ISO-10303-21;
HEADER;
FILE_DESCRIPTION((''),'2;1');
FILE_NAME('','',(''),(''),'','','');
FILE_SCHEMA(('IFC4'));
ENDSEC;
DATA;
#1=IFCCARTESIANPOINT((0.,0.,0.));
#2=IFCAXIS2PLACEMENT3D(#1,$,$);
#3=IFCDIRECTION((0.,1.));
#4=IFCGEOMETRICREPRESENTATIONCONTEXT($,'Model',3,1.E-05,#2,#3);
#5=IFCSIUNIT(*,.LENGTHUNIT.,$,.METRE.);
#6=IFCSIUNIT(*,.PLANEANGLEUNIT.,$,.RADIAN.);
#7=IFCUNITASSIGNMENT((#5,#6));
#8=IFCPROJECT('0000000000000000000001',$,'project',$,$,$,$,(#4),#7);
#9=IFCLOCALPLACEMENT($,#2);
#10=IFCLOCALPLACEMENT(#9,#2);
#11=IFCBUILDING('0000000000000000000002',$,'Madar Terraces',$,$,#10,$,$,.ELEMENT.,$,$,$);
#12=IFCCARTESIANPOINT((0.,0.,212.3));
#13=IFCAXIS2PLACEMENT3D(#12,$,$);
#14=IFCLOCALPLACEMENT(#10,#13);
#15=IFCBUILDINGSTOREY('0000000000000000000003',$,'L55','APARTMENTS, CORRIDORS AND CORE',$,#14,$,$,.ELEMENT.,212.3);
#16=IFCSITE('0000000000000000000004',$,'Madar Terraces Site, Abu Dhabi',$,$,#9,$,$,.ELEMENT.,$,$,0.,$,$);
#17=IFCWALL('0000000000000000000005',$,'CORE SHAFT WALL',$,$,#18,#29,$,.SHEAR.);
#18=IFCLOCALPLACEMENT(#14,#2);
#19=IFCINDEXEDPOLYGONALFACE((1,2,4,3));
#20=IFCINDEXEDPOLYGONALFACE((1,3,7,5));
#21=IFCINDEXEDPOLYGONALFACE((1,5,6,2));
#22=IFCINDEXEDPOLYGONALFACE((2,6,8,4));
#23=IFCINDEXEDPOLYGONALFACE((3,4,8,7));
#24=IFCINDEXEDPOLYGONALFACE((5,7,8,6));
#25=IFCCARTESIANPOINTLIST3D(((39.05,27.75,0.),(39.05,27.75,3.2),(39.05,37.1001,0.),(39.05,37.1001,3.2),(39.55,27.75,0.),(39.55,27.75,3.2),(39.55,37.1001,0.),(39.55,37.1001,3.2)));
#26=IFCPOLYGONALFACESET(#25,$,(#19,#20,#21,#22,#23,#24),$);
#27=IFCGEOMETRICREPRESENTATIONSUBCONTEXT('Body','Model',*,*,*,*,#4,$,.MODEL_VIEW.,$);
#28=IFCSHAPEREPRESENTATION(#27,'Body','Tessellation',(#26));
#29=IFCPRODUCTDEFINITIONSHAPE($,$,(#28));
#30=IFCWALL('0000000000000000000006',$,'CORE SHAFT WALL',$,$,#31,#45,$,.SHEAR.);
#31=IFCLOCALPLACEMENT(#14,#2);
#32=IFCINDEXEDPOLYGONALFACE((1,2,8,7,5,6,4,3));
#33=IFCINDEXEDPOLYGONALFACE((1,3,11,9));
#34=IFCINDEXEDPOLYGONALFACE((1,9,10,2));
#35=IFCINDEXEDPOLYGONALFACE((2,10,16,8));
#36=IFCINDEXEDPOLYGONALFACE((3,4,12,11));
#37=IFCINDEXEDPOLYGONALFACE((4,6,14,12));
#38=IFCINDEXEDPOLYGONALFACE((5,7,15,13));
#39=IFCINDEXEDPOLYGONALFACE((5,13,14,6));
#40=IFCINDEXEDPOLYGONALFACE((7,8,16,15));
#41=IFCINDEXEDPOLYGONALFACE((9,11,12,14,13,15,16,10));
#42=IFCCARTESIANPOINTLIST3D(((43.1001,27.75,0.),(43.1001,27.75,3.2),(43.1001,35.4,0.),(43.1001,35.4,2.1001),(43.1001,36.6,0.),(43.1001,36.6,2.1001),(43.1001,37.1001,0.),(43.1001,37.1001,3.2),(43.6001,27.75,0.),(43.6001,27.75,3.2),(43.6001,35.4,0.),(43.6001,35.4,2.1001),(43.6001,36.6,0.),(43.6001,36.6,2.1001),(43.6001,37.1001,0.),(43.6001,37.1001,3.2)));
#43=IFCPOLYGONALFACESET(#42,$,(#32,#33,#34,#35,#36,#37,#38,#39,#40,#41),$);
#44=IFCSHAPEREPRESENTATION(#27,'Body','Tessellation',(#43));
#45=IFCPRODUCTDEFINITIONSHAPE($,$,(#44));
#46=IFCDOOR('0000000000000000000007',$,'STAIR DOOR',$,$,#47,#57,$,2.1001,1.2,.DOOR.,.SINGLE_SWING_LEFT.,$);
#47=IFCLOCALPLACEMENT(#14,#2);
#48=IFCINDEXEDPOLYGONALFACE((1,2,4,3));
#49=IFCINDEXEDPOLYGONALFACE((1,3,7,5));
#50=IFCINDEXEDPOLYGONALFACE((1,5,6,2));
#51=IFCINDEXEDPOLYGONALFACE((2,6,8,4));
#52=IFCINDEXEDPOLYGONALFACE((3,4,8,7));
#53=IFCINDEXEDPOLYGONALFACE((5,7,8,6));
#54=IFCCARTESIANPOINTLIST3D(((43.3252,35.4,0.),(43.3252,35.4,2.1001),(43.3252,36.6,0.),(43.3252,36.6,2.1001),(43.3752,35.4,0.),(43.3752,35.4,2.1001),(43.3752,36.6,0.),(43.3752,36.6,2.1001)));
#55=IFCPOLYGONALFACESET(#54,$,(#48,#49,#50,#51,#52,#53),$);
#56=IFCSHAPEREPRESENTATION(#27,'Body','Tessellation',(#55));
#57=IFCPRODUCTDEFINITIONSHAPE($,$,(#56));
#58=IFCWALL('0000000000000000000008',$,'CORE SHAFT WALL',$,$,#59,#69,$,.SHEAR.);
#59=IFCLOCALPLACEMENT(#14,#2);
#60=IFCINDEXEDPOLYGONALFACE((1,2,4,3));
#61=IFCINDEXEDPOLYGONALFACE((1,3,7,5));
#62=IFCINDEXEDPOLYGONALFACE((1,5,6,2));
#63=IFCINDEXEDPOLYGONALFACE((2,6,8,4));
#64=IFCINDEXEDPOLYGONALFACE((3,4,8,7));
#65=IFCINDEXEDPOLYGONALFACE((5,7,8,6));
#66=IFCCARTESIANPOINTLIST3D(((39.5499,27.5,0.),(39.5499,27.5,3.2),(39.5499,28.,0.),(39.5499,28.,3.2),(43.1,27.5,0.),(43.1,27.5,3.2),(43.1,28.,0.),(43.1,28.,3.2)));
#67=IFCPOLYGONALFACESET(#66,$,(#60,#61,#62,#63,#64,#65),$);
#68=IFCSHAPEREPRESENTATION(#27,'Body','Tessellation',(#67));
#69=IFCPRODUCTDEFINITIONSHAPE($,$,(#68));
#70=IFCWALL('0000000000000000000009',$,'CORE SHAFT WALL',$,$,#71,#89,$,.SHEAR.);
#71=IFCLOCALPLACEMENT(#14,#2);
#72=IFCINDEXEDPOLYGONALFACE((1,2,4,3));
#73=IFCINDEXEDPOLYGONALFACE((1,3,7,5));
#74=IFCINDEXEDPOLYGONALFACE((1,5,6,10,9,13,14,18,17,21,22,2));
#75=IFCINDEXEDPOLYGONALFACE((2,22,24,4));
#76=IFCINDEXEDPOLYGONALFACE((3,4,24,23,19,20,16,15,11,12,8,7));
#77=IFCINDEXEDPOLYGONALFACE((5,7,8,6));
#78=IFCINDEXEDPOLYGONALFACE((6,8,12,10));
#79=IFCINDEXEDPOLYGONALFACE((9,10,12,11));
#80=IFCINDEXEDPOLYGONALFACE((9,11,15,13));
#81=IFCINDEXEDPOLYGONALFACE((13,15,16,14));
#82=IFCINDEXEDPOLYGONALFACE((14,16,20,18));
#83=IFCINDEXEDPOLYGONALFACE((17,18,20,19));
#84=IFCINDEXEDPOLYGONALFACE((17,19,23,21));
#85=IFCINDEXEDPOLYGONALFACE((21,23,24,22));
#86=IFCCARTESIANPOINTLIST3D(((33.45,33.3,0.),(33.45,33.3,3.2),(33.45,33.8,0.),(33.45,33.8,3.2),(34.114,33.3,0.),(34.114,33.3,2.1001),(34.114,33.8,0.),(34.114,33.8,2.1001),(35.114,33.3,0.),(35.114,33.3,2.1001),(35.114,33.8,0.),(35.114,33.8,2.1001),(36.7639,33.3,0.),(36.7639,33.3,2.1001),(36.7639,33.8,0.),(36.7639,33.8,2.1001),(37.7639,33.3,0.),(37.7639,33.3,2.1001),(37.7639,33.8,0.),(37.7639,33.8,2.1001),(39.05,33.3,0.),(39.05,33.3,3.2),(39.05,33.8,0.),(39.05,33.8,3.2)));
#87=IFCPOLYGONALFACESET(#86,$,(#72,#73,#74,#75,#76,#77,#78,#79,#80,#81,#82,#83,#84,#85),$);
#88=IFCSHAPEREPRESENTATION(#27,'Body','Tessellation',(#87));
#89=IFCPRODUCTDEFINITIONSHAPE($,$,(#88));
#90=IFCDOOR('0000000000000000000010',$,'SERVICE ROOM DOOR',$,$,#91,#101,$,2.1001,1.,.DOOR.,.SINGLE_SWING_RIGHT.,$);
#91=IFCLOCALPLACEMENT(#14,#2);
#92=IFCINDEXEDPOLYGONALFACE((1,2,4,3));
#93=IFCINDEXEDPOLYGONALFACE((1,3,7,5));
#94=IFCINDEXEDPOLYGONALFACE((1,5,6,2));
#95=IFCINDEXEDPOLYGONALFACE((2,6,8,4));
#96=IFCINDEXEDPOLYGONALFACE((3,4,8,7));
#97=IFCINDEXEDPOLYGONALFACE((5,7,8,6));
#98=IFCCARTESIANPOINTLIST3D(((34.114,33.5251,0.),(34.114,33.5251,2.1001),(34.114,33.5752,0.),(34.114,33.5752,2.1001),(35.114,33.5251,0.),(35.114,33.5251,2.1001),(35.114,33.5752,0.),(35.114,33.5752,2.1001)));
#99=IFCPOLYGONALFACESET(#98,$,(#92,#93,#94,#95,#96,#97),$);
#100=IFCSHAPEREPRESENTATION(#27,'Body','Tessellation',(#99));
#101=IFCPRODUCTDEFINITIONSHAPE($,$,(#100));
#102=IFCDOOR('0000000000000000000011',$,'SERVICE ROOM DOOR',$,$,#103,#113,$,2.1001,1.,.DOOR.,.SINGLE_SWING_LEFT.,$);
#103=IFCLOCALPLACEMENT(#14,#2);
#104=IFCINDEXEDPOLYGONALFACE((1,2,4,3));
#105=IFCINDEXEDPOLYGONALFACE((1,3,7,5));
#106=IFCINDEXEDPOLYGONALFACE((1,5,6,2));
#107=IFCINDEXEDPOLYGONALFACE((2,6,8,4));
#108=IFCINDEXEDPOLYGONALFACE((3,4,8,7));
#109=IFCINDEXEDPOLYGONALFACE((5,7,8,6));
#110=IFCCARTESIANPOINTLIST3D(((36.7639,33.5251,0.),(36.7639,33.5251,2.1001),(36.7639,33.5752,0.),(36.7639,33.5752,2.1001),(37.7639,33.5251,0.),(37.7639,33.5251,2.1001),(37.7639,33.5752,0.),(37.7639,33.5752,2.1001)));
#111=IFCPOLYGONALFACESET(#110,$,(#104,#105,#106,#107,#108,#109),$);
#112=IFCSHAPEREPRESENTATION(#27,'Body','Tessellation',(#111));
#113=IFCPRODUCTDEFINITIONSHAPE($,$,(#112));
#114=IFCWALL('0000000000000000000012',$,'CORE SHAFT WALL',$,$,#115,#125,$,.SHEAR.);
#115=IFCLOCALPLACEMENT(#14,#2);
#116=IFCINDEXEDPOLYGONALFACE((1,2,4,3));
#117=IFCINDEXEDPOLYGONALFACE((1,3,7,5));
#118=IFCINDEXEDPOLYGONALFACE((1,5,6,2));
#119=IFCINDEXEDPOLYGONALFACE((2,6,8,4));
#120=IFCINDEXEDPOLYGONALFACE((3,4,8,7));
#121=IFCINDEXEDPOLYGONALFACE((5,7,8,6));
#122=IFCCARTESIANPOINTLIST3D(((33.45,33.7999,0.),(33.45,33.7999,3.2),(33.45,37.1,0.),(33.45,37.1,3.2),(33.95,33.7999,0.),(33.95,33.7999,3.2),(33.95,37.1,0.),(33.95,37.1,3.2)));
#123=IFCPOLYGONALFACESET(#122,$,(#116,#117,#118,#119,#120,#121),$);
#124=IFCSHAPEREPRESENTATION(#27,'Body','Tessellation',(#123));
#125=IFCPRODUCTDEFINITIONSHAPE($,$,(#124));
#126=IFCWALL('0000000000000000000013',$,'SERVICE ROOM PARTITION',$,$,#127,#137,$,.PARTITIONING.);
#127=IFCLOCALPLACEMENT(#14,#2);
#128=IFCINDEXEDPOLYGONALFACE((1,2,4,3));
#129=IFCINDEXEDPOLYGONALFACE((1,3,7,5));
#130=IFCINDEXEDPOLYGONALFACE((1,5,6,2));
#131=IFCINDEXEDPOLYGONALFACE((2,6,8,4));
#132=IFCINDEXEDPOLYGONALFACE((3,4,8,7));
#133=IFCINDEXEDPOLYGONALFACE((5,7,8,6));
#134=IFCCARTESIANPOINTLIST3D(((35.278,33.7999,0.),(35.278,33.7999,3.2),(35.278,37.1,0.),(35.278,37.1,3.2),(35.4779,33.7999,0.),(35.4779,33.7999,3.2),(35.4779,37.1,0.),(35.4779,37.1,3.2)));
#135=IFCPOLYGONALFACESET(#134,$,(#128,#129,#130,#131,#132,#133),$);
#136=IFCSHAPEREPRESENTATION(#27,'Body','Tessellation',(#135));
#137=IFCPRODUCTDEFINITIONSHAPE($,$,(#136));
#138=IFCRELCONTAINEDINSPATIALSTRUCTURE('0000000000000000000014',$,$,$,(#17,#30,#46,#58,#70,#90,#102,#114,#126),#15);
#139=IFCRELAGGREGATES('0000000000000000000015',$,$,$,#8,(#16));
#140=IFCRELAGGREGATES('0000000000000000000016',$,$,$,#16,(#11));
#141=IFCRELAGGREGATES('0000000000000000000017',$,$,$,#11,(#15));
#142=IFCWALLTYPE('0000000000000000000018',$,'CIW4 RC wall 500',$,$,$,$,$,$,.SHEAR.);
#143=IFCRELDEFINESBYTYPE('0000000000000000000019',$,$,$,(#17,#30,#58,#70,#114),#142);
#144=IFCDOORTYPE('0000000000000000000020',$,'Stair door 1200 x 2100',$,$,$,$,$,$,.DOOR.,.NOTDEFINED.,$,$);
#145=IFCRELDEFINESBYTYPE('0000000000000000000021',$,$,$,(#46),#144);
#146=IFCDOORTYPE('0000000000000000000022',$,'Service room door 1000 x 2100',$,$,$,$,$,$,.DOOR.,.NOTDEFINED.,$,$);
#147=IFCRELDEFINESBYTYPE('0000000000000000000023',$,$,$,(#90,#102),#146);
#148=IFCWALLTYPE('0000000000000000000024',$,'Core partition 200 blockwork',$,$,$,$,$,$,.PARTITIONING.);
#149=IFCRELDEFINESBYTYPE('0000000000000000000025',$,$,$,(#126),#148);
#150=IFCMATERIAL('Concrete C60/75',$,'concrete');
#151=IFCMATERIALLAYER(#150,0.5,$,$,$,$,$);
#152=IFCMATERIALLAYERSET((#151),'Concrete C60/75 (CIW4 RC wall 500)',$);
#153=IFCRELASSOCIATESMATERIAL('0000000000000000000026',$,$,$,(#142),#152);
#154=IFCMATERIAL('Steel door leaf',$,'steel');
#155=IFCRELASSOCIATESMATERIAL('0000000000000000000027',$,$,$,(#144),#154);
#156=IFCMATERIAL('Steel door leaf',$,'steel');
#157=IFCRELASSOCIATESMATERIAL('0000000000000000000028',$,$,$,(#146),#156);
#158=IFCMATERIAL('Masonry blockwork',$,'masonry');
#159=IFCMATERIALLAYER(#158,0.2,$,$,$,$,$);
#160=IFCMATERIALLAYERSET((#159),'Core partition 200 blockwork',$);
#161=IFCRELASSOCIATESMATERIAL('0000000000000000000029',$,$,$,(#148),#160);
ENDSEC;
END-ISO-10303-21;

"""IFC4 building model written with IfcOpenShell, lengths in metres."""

from ifc_helpers import new_model, si_unit, direction, frame, frame_2d, origin, place, context, subcontext, project, spatial, rectangle, extrude, material, layer, layer_set, type_object, element, fill, save


model = new_model("IFC4")

# Units and contexts
model_context = context("Model", 3, precision=1e-05, world=origin(), true_north=direction((0.0, 1.0)))
body_context = subcontext(model_context, "Body", "Model", "MODEL_VIEW")
ifc_project = project(units=[si_unit("LENGTHUNIT", "METRE"), si_unit("PLANEANGLEUNIT", "RADIAN")], contexts=[model_context])

# Site, building, storey
site_placement = place(None, origin())
site = spatial("IfcSite", under=ifc_project, at=site_placement, Name="Madar Terraces Site, Abu Dhabi", CompositionType="ELEMENT", RefElevation=0.0)
building_placement = place(site_placement, origin())
building = spatial("IfcBuilding", under=site, at=building_placement, Name="Madar Terraces", CompositionType="ELEMENT")
storey_placement = place(building_placement, frame((0.0, 0.0, 212.3)))
storey = spatial("IfcBuildingStorey", under=building, at=storey_placement, Name="L55", Description="APARTMENTS, CORRIDORS AND CORE", CompositionType="ELEMENT", Elevation=212.3)

# Wall
ifc_material_1 = material(Name="Concrete C60/75", Category="concrete")
ifc_layer_1 = layer(ifc_material_1, 0.5)
ifc_layer_set_1 = layer_set([ifc_layer_1], Name="Concrete C60/75 (CIW4 RC wall 500)")
wall_type_1 = type_object("IfcWallType", Name="CIW4 RC wall 500", PredefinedType="SHEAR", material=ifc_layer_set_1)
wall_1_placement = place(storey_placement, frame((39.3, 27.75, 0.0), z_axis=(0.0, 0.0, 1.0), x_axis=(0.0, 1.0, 0.0)))
element("IfcWall", 1, at=wall_1_placement, inside=storey, type_object=wall_type_1, Name="CORE SHAFT WALL", PredefinedType="SHEAR", context=body_context, shape_type="SweptSolid", body=[
    extrude(rectangle(XDim=9.3501, YDim=0.5, at=frame_2d((4.675, 0.0))), origin(), (0.0, 0.0, 1.0), 3.2),
])

# Wall, opening, door
wall_2_placement = place(storey_placement, frame((43.3501, 27.75, 0.0), z_axis=(0.0, 0.0, 1.0), x_axis=(0.0, 1.0, 0.0)))
wall_2 = element("IfcWall", 2, at=wall_2_placement, inside=storey, type_object=wall_type_1, Name="CORE SHAFT WALL", PredefinedType="SHEAR", context=body_context, shape_type="SweptSolid", body=[
    extrude(rectangle(XDim=9.3501, YDim=0.5, at=frame_2d((4.675, 0.0))), origin(), (0.0, 0.0, 1.0), 3.2),
])
opening_1_placement = place(wall_2_placement, frame((7.6499, 0.0, 0.0)))
opening_1 = element("IfcOpeningElement", 3, at=opening_1_placement, cuts=wall_2, PredefinedType="OPENING", context=body_context, shape_type="SweptSolid", body=[
    extrude(rectangle(XDim=1.2, YDim=2.1001, at=frame_2d((0.6001, 1.05))), frame((0.0, 0.26, 0.0), z_axis=(0.0, -1.0, 0.0), x_axis=(1.0, 0.0, 0.0)), (0.0, 0.0, 1.0), 0.52),
])
ifc_material_2 = material(Name="Steel door leaf", Category="steel")
door_type_1 = type_object("IfcDoorType", Name="Stair door 1200 x 2100", OperationType="NOTDEFINED", PredefinedType="DOOR", material=ifc_material_2)
door_1_placement = place(opening_1_placement, origin())
door_1 = element("IfcDoor", 4, at=door_1_placement, inside=storey, type_object=door_type_1, Name="STAIR DOOR", OperationType="SINGLE_SWING_LEFT", OverallHeight=2.1001, OverallWidth=1.2, PredefinedType="DOOR", context=body_context, shape_type="SweptSolid", body=[
    extrude(rectangle(XDim=1.2, YDim=2.1001, at=frame_2d((0.6001, 1.05))), frame((0.0, 0.0249, 0.0), z_axis=(0.0, -1.0, 0.0), x_axis=(1.0, 0.0, 0.0)), (0.0, 0.0, 1.0), 0.05),
])
fill(opening_1, door_1)

# Wall
wall_3_placement = place(storey_placement, frame((39.55, 27.75, 0.0), z_axis=(0.0, 0.0, 1.0), x_axis=(1.0, 0.0, 0.0)))
element("IfcWall", 5, at=wall_3_placement, inside=storey, type_object=wall_type_1, Name="CORE SHAFT WALL", PredefinedType="SHEAR", context=body_context, shape_type="SweptSolid", body=[
    extrude(rectangle(XDim=3.55, YDim=0.5, at=frame_2d((1.7749, 0.0))), origin(), (0.0, 0.0, 1.0), 3.2),
])

# Wall, openings, doors
wall_4_placement = place(storey_placement, frame((33.45, 33.55, 0.0), z_axis=(0.0, 0.0, 1.0), x_axis=(1.0, 0.0, 0.0)))
wall_4 = element("IfcWall", 6, at=wall_4_placement, inside=storey, type_object=wall_type_1, Name="CORE SHAFT WALL", PredefinedType="SHEAR", context=body_context, shape_type="SweptSolid", body=[
    extrude(rectangle(XDim=5.6001, YDim=0.5, at=frame_2d((2.8, 0.0))), origin(), (0.0, 0.0, 1.0), 3.2),
])
opening_2_placement = place(wall_4_placement, frame((0.6641, 0.0, 0.0)))
opening_2 = element("IfcOpeningElement", 7, at=opening_2_placement, cuts=wall_4, PredefinedType="OPENING", context=body_context, shape_type="SweptSolid", body=[
    extrude(rectangle(XDim=1.0, YDim=2.1001, at=frame_2d((0.5, 1.05))), frame((0.0, 0.26, 0.0), z_axis=(0.0, -1.0, 0.0), x_axis=(1.0, 0.0, 0.0)), (0.0, 0.0, 1.0), 0.52),
])
opening_3_placement = place(wall_4_placement, frame((3.314, 0.0, 0.0)))
opening_3 = element("IfcOpeningElement", 8, at=opening_3_placement, cuts=wall_4, PredefinedType="OPENING", context=body_context, shape_type="SweptSolid", body=[
    extrude(rectangle(XDim=1.0, YDim=2.1001, at=frame_2d((0.5, 1.05))), frame((0.0, 0.26, 0.0), z_axis=(0.0, -1.0, 0.0), x_axis=(1.0, 0.0, 0.0)), (0.0, 0.0, 1.0), 0.52),
])
ifc_material_3 = material(Name="Steel door leaf", Category="steel")
door_type_2 = type_object("IfcDoorType", Name="Service room door 1000 x 2100", OperationType="NOTDEFINED", PredefinedType="DOOR", material=ifc_material_3)
door_2_placement = place(opening_2_placement, frame((1.0, 0.0, 0.0), z_axis=(0.0, 0.0, 1.0), x_axis=(-1.0, 0.0, 0.0)))
door_2 = element("IfcDoor", 9, at=door_2_placement, inside=storey, type_object=door_type_2, Name="SERVICE ROOM DOOR", OperationType="SINGLE_SWING_RIGHT", OverallHeight=2.1001, OverallWidth=1.0, PredefinedType="DOOR", context=body_context, shape_type="SweptSolid", body=[
    extrude(rectangle(XDim=1.0, YDim=2.1001, at=frame_2d((0.5, 1.05))), frame((0.0, 0.0249, 0.0), z_axis=(0.0, -1.0, 0.0), x_axis=(1.0, 0.0, 0.0)), (0.0, 0.0, 1.0), 0.05),
])
fill(opening_2, door_2)
door_3_placement = place(opening_3_placement, frame((1.0, 0.0, 0.0), z_axis=(0.0, 0.0, 1.0), x_axis=(-1.0, 0.0, 0.0)))
door_3 = element("IfcDoor", 10, at=door_3_placement, inside=storey, type_object=door_type_2, Name="SERVICE ROOM DOOR", OperationType="SINGLE_SWING_LEFT", OverallHeight=2.1001, OverallWidth=1.0, PredefinedType="DOOR", context=body_context, shape_type="SweptSolid", body=[
    extrude(rectangle(XDim=1.0, YDim=2.1001, at=frame_2d((0.5, 1.05))), frame((0.0, 0.0249, 0.0), z_axis=(0.0, -1.0, 0.0), x_axis=(1.0, 0.0, 0.0)), (0.0, 0.0, 1.0), 0.05),
])
fill(opening_3, door_3)

# Walls
wall_5_placement = place(storey_placement, frame((33.7, 33.8, 0.0), z_axis=(0.0, 0.0, 1.0), x_axis=(0.0, 1.0, 0.0)))
element("IfcWall", 11, at=wall_5_placement, inside=storey, type_object=wall_type_1, Name="CORE SHAFT WALL", PredefinedType="SHEAR", context=body_context, shape_type="SweptSolid", body=[
    extrude(rectangle(XDim=3.3, YDim=0.5, at=frame_2d((1.6499, 0.0))), origin(), (0.0, 0.0, 1.0), 3.2),
])
ifc_material_4 = material(Name="Masonry blockwork", Category="masonry")
ifc_layer_2 = layer(ifc_material_4, 0.2)
ifc_layer_set_2 = layer_set([ifc_layer_2], Name="Core partition 200 blockwork")
wall_type_2 = type_object("IfcWallType", Name="Core partition 200 blockwork", PredefinedType="PARTITIONING", material=ifc_layer_set_2)
wall_6_placement = place(storey_placement, frame((35.3779, 33.8, 0.0), z_axis=(0.0, 0.0, 1.0), x_axis=(0.0, 1.0, 0.0)))
element("IfcWall", 12, at=wall_6_placement, inside=storey, type_object=wall_type_2, Name="SERVICE ROOM PARTITION", PredefinedType="PARTITIONING", context=body_context, shape_type="SweptSolid", body=[
    extrude(rectangle(XDim=3.3, YDim=0.2, at=frame_2d((1.6499, 0.0))), origin(), (0.0, 0.0, 1.0), 3.2),
])

save(model, "model.ifc")
